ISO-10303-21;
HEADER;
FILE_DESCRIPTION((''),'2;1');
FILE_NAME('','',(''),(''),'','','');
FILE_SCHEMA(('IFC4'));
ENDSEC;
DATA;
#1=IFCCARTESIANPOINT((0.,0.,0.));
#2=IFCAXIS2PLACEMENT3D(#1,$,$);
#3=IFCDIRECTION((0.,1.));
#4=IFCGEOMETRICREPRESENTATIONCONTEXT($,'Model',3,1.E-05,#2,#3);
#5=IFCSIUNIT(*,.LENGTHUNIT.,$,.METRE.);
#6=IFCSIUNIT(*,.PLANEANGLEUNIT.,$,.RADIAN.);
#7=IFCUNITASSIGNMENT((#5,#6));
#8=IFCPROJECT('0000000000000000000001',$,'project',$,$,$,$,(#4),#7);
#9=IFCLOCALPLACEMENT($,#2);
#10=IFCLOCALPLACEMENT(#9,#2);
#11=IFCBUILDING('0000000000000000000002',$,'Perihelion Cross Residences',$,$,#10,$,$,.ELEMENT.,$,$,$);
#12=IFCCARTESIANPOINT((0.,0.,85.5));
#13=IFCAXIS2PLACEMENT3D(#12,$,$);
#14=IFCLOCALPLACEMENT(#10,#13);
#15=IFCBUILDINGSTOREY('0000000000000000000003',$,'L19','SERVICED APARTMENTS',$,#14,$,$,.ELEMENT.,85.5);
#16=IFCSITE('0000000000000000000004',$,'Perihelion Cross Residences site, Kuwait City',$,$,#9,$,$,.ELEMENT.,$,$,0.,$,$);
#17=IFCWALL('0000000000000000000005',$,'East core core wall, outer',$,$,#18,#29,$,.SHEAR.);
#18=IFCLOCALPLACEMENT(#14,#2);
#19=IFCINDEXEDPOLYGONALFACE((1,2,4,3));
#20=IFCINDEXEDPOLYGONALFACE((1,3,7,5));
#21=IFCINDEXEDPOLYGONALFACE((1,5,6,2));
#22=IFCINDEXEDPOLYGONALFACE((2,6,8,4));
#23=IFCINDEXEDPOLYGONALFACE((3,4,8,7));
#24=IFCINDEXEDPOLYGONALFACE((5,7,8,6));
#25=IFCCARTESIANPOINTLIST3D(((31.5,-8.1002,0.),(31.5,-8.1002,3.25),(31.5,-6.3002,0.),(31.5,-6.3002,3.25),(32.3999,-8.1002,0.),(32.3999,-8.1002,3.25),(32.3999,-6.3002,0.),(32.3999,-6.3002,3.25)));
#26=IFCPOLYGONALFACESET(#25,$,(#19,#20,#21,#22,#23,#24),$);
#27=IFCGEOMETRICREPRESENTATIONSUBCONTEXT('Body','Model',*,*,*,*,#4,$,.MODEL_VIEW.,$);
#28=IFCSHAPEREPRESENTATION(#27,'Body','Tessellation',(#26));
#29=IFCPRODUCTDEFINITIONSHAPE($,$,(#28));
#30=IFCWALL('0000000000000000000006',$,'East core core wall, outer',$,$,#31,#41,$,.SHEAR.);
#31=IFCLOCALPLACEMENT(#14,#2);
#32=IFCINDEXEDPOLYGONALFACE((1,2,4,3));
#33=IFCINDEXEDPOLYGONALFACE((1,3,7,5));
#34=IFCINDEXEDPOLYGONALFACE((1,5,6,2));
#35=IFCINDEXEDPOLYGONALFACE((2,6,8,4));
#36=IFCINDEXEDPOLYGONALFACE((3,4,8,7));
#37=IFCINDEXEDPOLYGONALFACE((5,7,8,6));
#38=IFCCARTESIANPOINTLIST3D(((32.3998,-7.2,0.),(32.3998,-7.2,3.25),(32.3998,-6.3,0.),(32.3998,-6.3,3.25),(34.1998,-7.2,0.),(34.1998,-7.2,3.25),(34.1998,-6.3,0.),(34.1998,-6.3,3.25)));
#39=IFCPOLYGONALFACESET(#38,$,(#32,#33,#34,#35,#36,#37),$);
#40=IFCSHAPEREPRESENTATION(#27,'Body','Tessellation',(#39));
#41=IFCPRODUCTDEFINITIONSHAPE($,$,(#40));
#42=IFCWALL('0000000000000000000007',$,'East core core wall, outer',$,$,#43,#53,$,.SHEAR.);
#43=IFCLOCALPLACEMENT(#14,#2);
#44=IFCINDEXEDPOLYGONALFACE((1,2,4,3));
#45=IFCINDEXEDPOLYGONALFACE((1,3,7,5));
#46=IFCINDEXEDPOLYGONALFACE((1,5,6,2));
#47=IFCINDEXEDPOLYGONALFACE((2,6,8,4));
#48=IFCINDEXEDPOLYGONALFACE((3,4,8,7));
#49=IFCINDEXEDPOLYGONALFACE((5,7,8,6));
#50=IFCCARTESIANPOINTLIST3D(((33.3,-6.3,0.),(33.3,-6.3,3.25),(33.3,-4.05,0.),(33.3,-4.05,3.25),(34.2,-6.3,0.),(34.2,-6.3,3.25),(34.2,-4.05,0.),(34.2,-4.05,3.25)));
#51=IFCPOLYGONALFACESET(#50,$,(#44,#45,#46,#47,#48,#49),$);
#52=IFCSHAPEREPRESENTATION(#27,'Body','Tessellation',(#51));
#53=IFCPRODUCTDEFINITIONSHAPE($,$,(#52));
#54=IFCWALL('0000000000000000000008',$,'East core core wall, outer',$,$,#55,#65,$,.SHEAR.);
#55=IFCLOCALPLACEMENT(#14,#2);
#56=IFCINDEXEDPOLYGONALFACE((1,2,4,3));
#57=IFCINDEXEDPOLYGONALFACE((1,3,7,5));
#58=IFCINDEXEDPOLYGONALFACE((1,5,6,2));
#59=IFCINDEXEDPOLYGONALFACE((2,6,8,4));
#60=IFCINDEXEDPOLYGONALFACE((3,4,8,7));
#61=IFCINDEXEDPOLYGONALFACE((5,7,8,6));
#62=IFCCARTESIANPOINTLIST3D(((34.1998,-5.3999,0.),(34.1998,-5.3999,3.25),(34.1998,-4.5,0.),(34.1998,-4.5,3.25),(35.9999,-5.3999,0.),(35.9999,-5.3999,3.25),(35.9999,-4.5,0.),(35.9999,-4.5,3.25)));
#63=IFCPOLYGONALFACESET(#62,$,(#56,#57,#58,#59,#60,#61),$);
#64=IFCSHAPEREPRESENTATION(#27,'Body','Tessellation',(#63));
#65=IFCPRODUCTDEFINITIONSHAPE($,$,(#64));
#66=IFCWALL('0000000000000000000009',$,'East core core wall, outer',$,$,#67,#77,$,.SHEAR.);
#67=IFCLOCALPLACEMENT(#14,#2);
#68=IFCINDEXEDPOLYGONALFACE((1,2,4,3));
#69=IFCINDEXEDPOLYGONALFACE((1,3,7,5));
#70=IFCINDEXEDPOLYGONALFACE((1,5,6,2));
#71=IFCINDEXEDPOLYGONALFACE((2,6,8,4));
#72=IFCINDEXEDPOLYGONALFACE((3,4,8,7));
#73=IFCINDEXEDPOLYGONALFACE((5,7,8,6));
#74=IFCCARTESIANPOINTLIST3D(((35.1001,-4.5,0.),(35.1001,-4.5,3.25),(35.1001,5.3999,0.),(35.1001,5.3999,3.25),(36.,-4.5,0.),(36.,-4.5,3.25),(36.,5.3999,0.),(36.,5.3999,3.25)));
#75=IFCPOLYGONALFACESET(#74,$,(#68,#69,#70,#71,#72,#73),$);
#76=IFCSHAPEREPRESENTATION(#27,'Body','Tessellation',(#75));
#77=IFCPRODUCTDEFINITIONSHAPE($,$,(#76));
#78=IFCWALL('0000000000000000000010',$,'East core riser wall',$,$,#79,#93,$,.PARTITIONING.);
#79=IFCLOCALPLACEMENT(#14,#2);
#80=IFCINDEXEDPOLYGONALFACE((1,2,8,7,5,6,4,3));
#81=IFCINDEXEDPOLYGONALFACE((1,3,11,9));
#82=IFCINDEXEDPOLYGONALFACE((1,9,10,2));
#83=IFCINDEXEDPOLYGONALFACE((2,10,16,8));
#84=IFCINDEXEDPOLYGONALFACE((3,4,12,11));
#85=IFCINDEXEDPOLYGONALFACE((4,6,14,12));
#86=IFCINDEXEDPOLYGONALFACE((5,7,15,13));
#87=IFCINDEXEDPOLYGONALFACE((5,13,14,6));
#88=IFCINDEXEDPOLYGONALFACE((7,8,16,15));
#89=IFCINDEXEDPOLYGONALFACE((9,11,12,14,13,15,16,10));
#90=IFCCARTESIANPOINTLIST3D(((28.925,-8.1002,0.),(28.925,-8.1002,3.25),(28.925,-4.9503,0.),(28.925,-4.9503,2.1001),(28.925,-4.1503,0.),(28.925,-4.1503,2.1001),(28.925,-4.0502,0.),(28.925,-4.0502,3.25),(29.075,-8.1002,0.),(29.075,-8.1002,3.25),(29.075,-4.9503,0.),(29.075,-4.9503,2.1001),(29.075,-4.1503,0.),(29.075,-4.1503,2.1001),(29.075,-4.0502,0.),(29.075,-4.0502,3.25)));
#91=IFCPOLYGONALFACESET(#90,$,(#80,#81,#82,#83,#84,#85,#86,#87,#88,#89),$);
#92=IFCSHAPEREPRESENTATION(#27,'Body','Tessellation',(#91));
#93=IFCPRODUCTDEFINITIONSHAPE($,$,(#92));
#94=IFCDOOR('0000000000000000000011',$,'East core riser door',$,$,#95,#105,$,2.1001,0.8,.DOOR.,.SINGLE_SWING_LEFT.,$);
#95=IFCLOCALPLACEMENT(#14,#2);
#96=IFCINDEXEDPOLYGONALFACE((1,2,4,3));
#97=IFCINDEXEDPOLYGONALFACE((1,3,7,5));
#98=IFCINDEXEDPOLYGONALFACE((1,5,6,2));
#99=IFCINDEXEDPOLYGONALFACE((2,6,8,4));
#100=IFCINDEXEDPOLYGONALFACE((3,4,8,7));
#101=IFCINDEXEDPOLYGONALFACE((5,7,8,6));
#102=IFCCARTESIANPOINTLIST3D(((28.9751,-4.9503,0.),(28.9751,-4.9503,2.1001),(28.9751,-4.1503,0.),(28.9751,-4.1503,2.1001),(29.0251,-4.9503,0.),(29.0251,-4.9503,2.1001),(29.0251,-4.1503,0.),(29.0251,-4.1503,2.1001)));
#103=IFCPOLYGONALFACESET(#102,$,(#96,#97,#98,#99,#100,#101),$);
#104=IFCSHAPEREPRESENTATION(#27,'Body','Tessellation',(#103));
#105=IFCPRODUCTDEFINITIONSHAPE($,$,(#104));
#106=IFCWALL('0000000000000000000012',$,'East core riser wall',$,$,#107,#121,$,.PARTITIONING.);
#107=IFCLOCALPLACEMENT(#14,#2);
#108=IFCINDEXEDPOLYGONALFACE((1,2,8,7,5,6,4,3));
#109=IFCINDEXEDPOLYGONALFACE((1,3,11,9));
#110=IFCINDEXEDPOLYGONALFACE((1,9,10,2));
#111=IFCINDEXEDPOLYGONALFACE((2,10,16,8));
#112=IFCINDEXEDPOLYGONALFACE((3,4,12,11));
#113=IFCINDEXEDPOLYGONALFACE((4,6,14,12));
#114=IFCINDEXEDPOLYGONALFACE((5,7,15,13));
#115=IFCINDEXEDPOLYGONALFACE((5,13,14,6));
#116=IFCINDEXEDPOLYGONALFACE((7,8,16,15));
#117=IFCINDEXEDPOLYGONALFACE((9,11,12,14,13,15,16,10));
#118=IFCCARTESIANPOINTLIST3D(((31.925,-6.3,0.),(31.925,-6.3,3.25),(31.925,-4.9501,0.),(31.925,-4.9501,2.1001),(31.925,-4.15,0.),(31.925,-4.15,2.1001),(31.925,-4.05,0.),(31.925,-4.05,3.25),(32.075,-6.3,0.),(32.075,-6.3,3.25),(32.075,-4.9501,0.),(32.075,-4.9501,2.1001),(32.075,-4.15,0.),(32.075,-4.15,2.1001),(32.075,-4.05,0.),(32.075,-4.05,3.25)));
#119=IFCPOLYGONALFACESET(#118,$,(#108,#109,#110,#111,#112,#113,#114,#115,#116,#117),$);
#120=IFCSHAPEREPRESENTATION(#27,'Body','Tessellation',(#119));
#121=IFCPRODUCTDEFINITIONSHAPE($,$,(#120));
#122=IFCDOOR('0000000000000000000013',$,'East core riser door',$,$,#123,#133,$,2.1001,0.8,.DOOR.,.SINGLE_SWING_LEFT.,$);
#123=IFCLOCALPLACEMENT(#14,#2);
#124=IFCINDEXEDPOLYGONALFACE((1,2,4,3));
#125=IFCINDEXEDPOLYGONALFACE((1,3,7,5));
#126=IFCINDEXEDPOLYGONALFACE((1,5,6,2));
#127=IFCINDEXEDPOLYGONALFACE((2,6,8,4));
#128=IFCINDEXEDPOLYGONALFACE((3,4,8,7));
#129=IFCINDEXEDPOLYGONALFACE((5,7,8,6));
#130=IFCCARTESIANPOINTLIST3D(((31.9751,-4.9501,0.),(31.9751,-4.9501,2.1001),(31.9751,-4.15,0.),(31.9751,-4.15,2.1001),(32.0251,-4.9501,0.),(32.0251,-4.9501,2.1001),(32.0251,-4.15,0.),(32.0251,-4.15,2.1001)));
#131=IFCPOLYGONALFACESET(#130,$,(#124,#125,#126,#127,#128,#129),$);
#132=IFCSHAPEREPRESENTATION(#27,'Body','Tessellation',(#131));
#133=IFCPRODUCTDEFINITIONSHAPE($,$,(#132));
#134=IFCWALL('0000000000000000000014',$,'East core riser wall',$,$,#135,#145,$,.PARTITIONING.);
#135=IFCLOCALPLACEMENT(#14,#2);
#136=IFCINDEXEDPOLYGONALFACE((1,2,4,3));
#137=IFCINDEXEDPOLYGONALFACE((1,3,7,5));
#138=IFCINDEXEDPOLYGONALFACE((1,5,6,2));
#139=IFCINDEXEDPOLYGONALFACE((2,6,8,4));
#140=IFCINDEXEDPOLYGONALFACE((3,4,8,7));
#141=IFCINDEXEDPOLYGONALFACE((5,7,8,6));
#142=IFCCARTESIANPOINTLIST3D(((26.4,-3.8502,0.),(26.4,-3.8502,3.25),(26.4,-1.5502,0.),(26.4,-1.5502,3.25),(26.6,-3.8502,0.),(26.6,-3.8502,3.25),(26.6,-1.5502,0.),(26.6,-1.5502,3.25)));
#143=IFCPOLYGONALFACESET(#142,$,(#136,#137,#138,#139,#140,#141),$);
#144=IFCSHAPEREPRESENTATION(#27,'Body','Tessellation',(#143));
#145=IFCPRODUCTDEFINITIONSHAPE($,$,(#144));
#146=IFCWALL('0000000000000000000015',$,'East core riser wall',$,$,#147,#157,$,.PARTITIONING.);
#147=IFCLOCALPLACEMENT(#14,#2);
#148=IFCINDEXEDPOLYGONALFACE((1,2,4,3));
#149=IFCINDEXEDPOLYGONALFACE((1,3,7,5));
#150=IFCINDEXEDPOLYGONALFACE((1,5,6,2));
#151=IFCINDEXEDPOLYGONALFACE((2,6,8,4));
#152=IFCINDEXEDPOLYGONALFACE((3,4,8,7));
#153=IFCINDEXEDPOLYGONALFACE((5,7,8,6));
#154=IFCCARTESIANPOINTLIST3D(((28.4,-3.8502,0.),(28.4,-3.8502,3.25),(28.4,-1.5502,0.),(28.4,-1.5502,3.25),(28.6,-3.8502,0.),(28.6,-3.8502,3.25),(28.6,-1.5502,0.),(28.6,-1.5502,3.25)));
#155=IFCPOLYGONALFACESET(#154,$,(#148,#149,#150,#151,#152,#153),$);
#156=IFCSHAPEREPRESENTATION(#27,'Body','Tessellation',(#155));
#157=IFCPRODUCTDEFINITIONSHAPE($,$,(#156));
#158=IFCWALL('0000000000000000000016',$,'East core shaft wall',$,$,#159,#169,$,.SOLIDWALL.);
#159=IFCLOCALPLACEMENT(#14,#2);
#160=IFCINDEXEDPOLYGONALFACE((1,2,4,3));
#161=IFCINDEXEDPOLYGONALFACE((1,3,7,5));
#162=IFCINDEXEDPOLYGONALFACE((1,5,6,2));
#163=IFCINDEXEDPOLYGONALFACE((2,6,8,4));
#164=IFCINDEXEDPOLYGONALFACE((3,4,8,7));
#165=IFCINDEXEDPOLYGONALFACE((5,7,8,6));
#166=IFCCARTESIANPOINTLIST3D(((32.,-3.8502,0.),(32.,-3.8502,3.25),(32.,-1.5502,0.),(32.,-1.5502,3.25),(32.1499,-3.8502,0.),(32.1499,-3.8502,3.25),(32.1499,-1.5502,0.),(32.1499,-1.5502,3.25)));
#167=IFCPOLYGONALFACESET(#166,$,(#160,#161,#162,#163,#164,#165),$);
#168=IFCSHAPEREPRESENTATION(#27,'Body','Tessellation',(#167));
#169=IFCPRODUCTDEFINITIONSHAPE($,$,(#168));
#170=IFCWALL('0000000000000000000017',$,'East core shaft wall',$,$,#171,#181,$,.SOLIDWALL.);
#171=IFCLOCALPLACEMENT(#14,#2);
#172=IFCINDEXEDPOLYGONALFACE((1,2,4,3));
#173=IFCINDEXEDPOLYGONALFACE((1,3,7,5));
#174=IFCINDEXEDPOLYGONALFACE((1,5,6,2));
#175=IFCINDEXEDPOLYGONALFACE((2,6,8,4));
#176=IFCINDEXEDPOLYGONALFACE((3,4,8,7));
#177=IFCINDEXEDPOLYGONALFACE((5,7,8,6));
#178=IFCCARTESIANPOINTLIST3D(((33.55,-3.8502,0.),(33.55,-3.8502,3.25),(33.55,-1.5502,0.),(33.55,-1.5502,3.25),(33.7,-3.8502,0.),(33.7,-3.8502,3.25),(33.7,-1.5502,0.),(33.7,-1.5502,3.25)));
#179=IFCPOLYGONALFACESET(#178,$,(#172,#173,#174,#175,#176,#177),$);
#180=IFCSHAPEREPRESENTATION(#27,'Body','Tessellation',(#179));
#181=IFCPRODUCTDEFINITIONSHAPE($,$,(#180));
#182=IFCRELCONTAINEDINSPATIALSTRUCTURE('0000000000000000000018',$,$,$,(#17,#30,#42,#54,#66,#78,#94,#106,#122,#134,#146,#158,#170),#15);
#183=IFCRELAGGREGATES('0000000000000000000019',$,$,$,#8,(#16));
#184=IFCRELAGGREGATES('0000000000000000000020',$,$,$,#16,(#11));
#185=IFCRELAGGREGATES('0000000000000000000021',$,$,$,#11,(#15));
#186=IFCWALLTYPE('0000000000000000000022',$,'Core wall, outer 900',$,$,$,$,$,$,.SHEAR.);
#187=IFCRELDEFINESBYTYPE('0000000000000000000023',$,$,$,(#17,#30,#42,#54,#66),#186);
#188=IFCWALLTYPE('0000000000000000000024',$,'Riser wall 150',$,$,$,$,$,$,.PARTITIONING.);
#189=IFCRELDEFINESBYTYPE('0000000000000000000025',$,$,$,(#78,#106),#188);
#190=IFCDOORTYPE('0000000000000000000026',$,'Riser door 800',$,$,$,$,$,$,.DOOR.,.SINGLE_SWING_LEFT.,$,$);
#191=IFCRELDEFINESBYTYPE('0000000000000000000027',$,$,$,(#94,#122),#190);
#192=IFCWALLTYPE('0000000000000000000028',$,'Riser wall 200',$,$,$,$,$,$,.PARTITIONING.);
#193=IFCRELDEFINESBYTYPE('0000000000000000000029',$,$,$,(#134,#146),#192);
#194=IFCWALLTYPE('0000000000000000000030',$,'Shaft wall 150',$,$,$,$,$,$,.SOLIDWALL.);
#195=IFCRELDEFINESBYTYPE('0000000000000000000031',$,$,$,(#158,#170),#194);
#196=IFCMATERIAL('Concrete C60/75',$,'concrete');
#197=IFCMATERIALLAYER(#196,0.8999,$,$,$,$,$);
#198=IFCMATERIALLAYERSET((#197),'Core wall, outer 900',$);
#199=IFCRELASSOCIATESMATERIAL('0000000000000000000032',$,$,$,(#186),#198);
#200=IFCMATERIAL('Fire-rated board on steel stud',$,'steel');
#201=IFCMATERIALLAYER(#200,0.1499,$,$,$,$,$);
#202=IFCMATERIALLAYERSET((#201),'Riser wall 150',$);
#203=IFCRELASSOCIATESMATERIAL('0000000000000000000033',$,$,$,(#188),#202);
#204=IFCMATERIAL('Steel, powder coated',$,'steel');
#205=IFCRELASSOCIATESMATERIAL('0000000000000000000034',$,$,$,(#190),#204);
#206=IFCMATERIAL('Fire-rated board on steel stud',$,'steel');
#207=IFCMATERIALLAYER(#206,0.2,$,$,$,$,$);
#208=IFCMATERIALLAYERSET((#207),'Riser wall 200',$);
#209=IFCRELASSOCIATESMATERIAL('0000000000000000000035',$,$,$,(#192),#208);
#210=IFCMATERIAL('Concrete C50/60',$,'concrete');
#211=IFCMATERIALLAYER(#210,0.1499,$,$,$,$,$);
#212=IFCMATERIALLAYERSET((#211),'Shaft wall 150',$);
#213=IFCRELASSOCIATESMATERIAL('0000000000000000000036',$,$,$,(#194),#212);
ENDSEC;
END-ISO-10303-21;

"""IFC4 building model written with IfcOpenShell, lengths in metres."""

from ifc_helpers import new_model, si_unit, direction, frame, frame_2d, origin, place, context, subcontext, project, spatial, rectangle, extrude, material, layer, layer_set, type_object, element, fill, save


model = new_model("IFC4")

# Units and contexts
model_context = context("Model", 3, precision=1e-05, world=origin(), true_north=direction((0.0, 1.0)))
body_context = subcontext(model_context, "Body", "Model", "MODEL_VIEW")
ifc_project = project(units=[si_unit("LENGTHUNIT", "METRE"), si_unit("PLANEANGLEUNIT", "RADIAN")], contexts=[model_context])

# Site, building, storey
site_placement = place(None, origin())
site = spatial("IfcSite", under=ifc_project, at=site_placement, Name="Perihelion Cross Residences site, Kuwait City", CompositionType="ELEMENT", RefElevation=0.0)
building_placement = place(site_placement, origin())
building = spatial("IfcBuilding", under=site, at=building_placement, Name="Perihelion Cross Residences", CompositionType="ELEMENT")
storey_placement = place(building_placement, frame((0.0, 0.0, 85.5)))
storey = spatial("IfcBuildingStorey", under=building, at=storey_placement, Name="L19", Description="SERVICED APARTMENTS", CompositionType="ELEMENT", Elevation=85.5)

# Walls
ifc_material_1 = material(Name="Concrete C60/75", Category="concrete")
ifc_layer_1 = layer(ifc_material_1, 0.8999)
ifc_layer_set_1 = layer_set([ifc_layer_1], Name="Core wall, outer 900")
wall_type_1 = type_object("IfcWallType", Name="Core wall, outer 900", PredefinedType="SHEAR", material=ifc_layer_set_1)
for number, where, z_axis, x_axis, name in (
    (1, (31.95, -8.1001, 0.0), (0.0, 0.0, 1.0), (0.0, 1.0, 0.0), "East core core wall, outer"),
    (2, (32.3999, -6.75, 0.0), (0.0, 0.0, 1.0), (1.0, 0.0, 0.0), "East core core wall, outer"),
):
    element("IfcWall", number, at=place(storey_placement, frame(where, z_axis=z_axis, x_axis=x_axis)), inside=storey, type_object=wall_type_1, Name=name, PredefinedType="SHEAR", context=body_context, shape_type="SweptSolid", body=[
        extrude(rectangle(XDim=1.8, YDim=0.8999, at=frame_2d((0.8999, 0.0))), origin(), (0.0, 0.0, 1.0), 3.25),
    ])
wall_1_placement = place(storey_placement, frame((33.75, -6.3, 0.0), z_axis=(0.0, 0.0, 1.0), x_axis=(0.0, 1.0, 0.0)))
element("IfcWall", 3, at=wall_1_placement, inside=storey, type_object=wall_type_1, Name="East core core wall, outer", PredefinedType="SHEAR", context=body_context, shape_type="SweptSolid", body=[
    extrude(rectangle(XDim=2.25, YDim=0.8999, at=frame_2d((1.125, 0.0))), origin(), (0.0, 0.0, 1.0), 3.25),
])
wall_2_placement = place(storey_placement, frame((34.2, -4.95, 0.0), z_axis=(0.0, 0.0, 1.0), x_axis=(1.0, 0.0, 0.0)))
element("IfcWall", 4, at=wall_2_placement, inside=storey, type_object=wall_type_1, Name="East core core wall, outer", PredefinedType="SHEAR", context=body_context, shape_type="SweptSolid", body=[
    extrude(rectangle(XDim=1.8, YDim=0.8999, at=frame_2d((0.8999, 0.0))), origin(), (0.0, 0.0, 1.0), 3.25),
])
wall_3_placement = place(storey_placement, frame((35.55, -4.5, 0.0), z_axis=(0.0, 0.0, 1.0), x_axis=(0.0, 1.0, 0.0)))
element("IfcWall", 5, at=wall_3_placement, inside=storey, type_object=wall_type_1, Name="East core core wall, outer", PredefinedType="SHEAR", context=body_context, shape_type="SweptSolid", body=[
    extrude(rectangle(XDim=9.8999, YDim=0.8999, at=frame_2d((4.95, 0.0))), origin(), (0.0, 0.0, 1.0), 3.25),
])

# Walls, openings, doors
ifc_material_2 = material(Name="Fire-rated board on steel stud", Category="steel")
ifc_layer_2 = layer(ifc_material_2, 0.1499)
ifc_layer_set_2 = layer_set([ifc_layer_2], Name="Riser wall 150")
wall_type_2 = type_object("IfcWallType", Name="Riser wall 150", PredefinedType="PARTITIONING", material=ifc_layer_set_2)
wall_4_placement = place(storey_placement, frame((29.0, -8.1001, 0.0), z_axis=(0.0, 0.0, 1.0), x_axis=(0.0, 1.0, 0.0)))
wall_4 = element("IfcWall", 6, at=wall_4_placement, inside=storey, type_object=wall_type_2, Name="East core riser wall", PredefinedType="PARTITIONING", context=body_context, shape_type="SweptSolid", body=[
    extrude(rectangle(XDim=4.05, YDim=0.1499, at=frame_2d((2.0249, 0.0))), origin(), (0.0, 0.0, 1.0), 3.25),
])
opening_1_placement = place(wall_4_placement, frame((3.1499, 0.0, 0.0)))
opening_1 = element("IfcOpeningElement", 7, at=opening_1_placement, cuts=wall_4, PredefinedType="OPENING", context=body_context, shape_type="SweptSolid", body=[
    extrude(rectangle(XDim=0.8, YDim=2.1001, at=frame_2d((0.3999, 1.05))), frame((0.0, 0.085, 0.0), z_axis=(0.0, -1.0, 0.0), x_axis=(1.0, 0.0, 0.0)), (0.0, 0.0, 1.0), 0.1699),
])
ifc_material_3 = material(Name="Steel, powder coated", Category="steel")
door_type = type_object("IfcDoorType", Name="Riser door 800", OperationType="SINGLE_SWING_LEFT", PredefinedType="DOOR", material=ifc_material_3)
door_1_placement = place(opening_1_placement, origin())
door_1 = element("IfcDoor", 8, at=door_1_placement, inside=storey, type_object=door_type, Name="East core riser door", OperationType="SINGLE_SWING_LEFT", OverallHeight=2.1001, OverallWidth=0.8, PredefinedType="DOOR", context=body_context, shape_type="SweptSolid", body=[
    extrude(rectangle(XDim=0.8, YDim=2.1001, at=frame_2d((0.3999, 1.05))), frame((0.0, 0.0249, 0.0), z_axis=(0.0, -1.0, 0.0), x_axis=(1.0, 0.0, 0.0)), (0.0, 0.0, 1.0), 0.05),
])
fill(opening_1, door_1)
wall_5_placement = place(storey_placement, frame((32.0, -6.3, 0.0), z_axis=(0.0, 0.0, 1.0), x_axis=(0.0, 1.0, 0.0)))
wall_5 = element("IfcWall", 9, at=wall_5_placement, inside=storey, type_object=wall_type_2, Name="East core riser wall", PredefinedType="PARTITIONING", context=body_context, shape_type="SweptSolid", body=[
    extrude(rectangle(XDim=2.25, YDim=0.1499, at=frame_2d((1.125, 0.0))), origin(), (0.0, 0.0, 1.0), 3.25),
])
opening_2_placement = place(wall_5_placement, frame((1.3501, 0.0, 0.0)))
opening_2 = element("IfcOpeningElement", 10, at=opening_2_placement, cuts=wall_5, PredefinedType="OPENING", context=body_context, shape_type="SweptSolid", body=[
    extrude(rectangle(XDim=0.8, YDim=2.1001, at=frame_2d((0.3999, 1.05))), frame((0.0, 0.085, 0.0), z_axis=(0.0, -1.0, 0.0), x_axis=(1.0, 0.0, 0.0)), (0.0, 0.0, 1.0), 0.1699),
])
door_2_placement = place(opening_2_placement, origin())
door_2 = element("IfcDoor", 11, at=door_2_placement, inside=storey, type_object=door_type, Name="East core riser door", OperationType="SINGLE_SWING_LEFT", OverallHeight=2.1001, OverallWidth=0.8, PredefinedType="DOOR", context=body_context, shape_type="SweptSolid", body=[
    extrude(rectangle(XDim=0.8, YDim=2.1001, at=frame_2d((0.3999, 1.05))), frame((0.0, 0.0249, 0.0), z_axis=(0.0, -1.0, 0.0), x_axis=(1.0, 0.0, 0.0)), (0.0, 0.0, 1.0), 0.05),
])
fill(opening_2, door_2)

# Walls
ifc_material_4 = material(Name="Fire-rated board on steel stud", Category="steel")
ifc_layer_3 = layer(ifc_material_4, 0.2)
ifc_layer_set_3 = layer_set([ifc_layer_3], Name="Riser wall 200")
wall_type_3 = type_object("IfcWallType", Name="Riser wall 200", PredefinedType="PARTITIONING", material=ifc_layer_set_3)
for number, where, z_axis, x_axis, name in (
    (12, (26.5, -3.8501, 0.0), (0.0, 0.0, 1.0), (0.0, 1.0, 0.0), "East core riser wall"),
    (13, (28.5, -3.8501, 0.0), (0.0, 0.0, 1.0), (0.0, 1.0, 0.0), "East core riser wall"),
):
    element("IfcWall", number, at=place(storey_placement, frame(where, z_axis=z_axis, x_axis=x_axis)), inside=storey, type_object=wall_type_3, Name=name, PredefinedType="PARTITIONING", context=body_context, shape_type="SweptSolid", body=[
        extrude(rectangle(XDim=2.3, YDim=0.2, at=frame_2d((1.1499, 0.0))), origin(), (0.0, 0.0, 1.0), 3.25),
    ])
ifc_material_5 = material(Name="Concrete C50/60", Category="concrete")
ifc_layer_4 = layer(ifc_material_5, 0.1499)
ifc_layer_set_4 = layer_set([ifc_layer_4], Name="Shaft wall 150")
wall_type_4 = type_object("IfcWallType", Name="Shaft wall 150", PredefinedType="SOLIDWALL", material=ifc_layer_set_4)
for number, where, z_axis, x_axis, name in (
    (14, (32.075, -3.8501, 0.0), (0.0, 0.0, 1.0), (0.0, 1.0, 0.0), "East core shaft wall"),
    (15, (33.625, -3.8501, 0.0), (0.0, 0.0, 1.0), (0.0, 1.0, 0.0), "East core shaft wall"),
):
    element("IfcWall", number, at=place(storey_placement, frame(where, z_axis=z_axis, x_axis=x_axis)), inside=storey, type_object=wall_type_4, Name=name, PredefinedType="SOLIDWALL", context=body_context, shape_type="SweptSolid", body=[
        extrude(rectangle(XDim=2.3, YDim=0.1499, at=frame_2d((1.1499, 0.0))), origin(), (0.0, 0.0, 1.0), 3.25),
    ])

save(model, "model.ifc")
